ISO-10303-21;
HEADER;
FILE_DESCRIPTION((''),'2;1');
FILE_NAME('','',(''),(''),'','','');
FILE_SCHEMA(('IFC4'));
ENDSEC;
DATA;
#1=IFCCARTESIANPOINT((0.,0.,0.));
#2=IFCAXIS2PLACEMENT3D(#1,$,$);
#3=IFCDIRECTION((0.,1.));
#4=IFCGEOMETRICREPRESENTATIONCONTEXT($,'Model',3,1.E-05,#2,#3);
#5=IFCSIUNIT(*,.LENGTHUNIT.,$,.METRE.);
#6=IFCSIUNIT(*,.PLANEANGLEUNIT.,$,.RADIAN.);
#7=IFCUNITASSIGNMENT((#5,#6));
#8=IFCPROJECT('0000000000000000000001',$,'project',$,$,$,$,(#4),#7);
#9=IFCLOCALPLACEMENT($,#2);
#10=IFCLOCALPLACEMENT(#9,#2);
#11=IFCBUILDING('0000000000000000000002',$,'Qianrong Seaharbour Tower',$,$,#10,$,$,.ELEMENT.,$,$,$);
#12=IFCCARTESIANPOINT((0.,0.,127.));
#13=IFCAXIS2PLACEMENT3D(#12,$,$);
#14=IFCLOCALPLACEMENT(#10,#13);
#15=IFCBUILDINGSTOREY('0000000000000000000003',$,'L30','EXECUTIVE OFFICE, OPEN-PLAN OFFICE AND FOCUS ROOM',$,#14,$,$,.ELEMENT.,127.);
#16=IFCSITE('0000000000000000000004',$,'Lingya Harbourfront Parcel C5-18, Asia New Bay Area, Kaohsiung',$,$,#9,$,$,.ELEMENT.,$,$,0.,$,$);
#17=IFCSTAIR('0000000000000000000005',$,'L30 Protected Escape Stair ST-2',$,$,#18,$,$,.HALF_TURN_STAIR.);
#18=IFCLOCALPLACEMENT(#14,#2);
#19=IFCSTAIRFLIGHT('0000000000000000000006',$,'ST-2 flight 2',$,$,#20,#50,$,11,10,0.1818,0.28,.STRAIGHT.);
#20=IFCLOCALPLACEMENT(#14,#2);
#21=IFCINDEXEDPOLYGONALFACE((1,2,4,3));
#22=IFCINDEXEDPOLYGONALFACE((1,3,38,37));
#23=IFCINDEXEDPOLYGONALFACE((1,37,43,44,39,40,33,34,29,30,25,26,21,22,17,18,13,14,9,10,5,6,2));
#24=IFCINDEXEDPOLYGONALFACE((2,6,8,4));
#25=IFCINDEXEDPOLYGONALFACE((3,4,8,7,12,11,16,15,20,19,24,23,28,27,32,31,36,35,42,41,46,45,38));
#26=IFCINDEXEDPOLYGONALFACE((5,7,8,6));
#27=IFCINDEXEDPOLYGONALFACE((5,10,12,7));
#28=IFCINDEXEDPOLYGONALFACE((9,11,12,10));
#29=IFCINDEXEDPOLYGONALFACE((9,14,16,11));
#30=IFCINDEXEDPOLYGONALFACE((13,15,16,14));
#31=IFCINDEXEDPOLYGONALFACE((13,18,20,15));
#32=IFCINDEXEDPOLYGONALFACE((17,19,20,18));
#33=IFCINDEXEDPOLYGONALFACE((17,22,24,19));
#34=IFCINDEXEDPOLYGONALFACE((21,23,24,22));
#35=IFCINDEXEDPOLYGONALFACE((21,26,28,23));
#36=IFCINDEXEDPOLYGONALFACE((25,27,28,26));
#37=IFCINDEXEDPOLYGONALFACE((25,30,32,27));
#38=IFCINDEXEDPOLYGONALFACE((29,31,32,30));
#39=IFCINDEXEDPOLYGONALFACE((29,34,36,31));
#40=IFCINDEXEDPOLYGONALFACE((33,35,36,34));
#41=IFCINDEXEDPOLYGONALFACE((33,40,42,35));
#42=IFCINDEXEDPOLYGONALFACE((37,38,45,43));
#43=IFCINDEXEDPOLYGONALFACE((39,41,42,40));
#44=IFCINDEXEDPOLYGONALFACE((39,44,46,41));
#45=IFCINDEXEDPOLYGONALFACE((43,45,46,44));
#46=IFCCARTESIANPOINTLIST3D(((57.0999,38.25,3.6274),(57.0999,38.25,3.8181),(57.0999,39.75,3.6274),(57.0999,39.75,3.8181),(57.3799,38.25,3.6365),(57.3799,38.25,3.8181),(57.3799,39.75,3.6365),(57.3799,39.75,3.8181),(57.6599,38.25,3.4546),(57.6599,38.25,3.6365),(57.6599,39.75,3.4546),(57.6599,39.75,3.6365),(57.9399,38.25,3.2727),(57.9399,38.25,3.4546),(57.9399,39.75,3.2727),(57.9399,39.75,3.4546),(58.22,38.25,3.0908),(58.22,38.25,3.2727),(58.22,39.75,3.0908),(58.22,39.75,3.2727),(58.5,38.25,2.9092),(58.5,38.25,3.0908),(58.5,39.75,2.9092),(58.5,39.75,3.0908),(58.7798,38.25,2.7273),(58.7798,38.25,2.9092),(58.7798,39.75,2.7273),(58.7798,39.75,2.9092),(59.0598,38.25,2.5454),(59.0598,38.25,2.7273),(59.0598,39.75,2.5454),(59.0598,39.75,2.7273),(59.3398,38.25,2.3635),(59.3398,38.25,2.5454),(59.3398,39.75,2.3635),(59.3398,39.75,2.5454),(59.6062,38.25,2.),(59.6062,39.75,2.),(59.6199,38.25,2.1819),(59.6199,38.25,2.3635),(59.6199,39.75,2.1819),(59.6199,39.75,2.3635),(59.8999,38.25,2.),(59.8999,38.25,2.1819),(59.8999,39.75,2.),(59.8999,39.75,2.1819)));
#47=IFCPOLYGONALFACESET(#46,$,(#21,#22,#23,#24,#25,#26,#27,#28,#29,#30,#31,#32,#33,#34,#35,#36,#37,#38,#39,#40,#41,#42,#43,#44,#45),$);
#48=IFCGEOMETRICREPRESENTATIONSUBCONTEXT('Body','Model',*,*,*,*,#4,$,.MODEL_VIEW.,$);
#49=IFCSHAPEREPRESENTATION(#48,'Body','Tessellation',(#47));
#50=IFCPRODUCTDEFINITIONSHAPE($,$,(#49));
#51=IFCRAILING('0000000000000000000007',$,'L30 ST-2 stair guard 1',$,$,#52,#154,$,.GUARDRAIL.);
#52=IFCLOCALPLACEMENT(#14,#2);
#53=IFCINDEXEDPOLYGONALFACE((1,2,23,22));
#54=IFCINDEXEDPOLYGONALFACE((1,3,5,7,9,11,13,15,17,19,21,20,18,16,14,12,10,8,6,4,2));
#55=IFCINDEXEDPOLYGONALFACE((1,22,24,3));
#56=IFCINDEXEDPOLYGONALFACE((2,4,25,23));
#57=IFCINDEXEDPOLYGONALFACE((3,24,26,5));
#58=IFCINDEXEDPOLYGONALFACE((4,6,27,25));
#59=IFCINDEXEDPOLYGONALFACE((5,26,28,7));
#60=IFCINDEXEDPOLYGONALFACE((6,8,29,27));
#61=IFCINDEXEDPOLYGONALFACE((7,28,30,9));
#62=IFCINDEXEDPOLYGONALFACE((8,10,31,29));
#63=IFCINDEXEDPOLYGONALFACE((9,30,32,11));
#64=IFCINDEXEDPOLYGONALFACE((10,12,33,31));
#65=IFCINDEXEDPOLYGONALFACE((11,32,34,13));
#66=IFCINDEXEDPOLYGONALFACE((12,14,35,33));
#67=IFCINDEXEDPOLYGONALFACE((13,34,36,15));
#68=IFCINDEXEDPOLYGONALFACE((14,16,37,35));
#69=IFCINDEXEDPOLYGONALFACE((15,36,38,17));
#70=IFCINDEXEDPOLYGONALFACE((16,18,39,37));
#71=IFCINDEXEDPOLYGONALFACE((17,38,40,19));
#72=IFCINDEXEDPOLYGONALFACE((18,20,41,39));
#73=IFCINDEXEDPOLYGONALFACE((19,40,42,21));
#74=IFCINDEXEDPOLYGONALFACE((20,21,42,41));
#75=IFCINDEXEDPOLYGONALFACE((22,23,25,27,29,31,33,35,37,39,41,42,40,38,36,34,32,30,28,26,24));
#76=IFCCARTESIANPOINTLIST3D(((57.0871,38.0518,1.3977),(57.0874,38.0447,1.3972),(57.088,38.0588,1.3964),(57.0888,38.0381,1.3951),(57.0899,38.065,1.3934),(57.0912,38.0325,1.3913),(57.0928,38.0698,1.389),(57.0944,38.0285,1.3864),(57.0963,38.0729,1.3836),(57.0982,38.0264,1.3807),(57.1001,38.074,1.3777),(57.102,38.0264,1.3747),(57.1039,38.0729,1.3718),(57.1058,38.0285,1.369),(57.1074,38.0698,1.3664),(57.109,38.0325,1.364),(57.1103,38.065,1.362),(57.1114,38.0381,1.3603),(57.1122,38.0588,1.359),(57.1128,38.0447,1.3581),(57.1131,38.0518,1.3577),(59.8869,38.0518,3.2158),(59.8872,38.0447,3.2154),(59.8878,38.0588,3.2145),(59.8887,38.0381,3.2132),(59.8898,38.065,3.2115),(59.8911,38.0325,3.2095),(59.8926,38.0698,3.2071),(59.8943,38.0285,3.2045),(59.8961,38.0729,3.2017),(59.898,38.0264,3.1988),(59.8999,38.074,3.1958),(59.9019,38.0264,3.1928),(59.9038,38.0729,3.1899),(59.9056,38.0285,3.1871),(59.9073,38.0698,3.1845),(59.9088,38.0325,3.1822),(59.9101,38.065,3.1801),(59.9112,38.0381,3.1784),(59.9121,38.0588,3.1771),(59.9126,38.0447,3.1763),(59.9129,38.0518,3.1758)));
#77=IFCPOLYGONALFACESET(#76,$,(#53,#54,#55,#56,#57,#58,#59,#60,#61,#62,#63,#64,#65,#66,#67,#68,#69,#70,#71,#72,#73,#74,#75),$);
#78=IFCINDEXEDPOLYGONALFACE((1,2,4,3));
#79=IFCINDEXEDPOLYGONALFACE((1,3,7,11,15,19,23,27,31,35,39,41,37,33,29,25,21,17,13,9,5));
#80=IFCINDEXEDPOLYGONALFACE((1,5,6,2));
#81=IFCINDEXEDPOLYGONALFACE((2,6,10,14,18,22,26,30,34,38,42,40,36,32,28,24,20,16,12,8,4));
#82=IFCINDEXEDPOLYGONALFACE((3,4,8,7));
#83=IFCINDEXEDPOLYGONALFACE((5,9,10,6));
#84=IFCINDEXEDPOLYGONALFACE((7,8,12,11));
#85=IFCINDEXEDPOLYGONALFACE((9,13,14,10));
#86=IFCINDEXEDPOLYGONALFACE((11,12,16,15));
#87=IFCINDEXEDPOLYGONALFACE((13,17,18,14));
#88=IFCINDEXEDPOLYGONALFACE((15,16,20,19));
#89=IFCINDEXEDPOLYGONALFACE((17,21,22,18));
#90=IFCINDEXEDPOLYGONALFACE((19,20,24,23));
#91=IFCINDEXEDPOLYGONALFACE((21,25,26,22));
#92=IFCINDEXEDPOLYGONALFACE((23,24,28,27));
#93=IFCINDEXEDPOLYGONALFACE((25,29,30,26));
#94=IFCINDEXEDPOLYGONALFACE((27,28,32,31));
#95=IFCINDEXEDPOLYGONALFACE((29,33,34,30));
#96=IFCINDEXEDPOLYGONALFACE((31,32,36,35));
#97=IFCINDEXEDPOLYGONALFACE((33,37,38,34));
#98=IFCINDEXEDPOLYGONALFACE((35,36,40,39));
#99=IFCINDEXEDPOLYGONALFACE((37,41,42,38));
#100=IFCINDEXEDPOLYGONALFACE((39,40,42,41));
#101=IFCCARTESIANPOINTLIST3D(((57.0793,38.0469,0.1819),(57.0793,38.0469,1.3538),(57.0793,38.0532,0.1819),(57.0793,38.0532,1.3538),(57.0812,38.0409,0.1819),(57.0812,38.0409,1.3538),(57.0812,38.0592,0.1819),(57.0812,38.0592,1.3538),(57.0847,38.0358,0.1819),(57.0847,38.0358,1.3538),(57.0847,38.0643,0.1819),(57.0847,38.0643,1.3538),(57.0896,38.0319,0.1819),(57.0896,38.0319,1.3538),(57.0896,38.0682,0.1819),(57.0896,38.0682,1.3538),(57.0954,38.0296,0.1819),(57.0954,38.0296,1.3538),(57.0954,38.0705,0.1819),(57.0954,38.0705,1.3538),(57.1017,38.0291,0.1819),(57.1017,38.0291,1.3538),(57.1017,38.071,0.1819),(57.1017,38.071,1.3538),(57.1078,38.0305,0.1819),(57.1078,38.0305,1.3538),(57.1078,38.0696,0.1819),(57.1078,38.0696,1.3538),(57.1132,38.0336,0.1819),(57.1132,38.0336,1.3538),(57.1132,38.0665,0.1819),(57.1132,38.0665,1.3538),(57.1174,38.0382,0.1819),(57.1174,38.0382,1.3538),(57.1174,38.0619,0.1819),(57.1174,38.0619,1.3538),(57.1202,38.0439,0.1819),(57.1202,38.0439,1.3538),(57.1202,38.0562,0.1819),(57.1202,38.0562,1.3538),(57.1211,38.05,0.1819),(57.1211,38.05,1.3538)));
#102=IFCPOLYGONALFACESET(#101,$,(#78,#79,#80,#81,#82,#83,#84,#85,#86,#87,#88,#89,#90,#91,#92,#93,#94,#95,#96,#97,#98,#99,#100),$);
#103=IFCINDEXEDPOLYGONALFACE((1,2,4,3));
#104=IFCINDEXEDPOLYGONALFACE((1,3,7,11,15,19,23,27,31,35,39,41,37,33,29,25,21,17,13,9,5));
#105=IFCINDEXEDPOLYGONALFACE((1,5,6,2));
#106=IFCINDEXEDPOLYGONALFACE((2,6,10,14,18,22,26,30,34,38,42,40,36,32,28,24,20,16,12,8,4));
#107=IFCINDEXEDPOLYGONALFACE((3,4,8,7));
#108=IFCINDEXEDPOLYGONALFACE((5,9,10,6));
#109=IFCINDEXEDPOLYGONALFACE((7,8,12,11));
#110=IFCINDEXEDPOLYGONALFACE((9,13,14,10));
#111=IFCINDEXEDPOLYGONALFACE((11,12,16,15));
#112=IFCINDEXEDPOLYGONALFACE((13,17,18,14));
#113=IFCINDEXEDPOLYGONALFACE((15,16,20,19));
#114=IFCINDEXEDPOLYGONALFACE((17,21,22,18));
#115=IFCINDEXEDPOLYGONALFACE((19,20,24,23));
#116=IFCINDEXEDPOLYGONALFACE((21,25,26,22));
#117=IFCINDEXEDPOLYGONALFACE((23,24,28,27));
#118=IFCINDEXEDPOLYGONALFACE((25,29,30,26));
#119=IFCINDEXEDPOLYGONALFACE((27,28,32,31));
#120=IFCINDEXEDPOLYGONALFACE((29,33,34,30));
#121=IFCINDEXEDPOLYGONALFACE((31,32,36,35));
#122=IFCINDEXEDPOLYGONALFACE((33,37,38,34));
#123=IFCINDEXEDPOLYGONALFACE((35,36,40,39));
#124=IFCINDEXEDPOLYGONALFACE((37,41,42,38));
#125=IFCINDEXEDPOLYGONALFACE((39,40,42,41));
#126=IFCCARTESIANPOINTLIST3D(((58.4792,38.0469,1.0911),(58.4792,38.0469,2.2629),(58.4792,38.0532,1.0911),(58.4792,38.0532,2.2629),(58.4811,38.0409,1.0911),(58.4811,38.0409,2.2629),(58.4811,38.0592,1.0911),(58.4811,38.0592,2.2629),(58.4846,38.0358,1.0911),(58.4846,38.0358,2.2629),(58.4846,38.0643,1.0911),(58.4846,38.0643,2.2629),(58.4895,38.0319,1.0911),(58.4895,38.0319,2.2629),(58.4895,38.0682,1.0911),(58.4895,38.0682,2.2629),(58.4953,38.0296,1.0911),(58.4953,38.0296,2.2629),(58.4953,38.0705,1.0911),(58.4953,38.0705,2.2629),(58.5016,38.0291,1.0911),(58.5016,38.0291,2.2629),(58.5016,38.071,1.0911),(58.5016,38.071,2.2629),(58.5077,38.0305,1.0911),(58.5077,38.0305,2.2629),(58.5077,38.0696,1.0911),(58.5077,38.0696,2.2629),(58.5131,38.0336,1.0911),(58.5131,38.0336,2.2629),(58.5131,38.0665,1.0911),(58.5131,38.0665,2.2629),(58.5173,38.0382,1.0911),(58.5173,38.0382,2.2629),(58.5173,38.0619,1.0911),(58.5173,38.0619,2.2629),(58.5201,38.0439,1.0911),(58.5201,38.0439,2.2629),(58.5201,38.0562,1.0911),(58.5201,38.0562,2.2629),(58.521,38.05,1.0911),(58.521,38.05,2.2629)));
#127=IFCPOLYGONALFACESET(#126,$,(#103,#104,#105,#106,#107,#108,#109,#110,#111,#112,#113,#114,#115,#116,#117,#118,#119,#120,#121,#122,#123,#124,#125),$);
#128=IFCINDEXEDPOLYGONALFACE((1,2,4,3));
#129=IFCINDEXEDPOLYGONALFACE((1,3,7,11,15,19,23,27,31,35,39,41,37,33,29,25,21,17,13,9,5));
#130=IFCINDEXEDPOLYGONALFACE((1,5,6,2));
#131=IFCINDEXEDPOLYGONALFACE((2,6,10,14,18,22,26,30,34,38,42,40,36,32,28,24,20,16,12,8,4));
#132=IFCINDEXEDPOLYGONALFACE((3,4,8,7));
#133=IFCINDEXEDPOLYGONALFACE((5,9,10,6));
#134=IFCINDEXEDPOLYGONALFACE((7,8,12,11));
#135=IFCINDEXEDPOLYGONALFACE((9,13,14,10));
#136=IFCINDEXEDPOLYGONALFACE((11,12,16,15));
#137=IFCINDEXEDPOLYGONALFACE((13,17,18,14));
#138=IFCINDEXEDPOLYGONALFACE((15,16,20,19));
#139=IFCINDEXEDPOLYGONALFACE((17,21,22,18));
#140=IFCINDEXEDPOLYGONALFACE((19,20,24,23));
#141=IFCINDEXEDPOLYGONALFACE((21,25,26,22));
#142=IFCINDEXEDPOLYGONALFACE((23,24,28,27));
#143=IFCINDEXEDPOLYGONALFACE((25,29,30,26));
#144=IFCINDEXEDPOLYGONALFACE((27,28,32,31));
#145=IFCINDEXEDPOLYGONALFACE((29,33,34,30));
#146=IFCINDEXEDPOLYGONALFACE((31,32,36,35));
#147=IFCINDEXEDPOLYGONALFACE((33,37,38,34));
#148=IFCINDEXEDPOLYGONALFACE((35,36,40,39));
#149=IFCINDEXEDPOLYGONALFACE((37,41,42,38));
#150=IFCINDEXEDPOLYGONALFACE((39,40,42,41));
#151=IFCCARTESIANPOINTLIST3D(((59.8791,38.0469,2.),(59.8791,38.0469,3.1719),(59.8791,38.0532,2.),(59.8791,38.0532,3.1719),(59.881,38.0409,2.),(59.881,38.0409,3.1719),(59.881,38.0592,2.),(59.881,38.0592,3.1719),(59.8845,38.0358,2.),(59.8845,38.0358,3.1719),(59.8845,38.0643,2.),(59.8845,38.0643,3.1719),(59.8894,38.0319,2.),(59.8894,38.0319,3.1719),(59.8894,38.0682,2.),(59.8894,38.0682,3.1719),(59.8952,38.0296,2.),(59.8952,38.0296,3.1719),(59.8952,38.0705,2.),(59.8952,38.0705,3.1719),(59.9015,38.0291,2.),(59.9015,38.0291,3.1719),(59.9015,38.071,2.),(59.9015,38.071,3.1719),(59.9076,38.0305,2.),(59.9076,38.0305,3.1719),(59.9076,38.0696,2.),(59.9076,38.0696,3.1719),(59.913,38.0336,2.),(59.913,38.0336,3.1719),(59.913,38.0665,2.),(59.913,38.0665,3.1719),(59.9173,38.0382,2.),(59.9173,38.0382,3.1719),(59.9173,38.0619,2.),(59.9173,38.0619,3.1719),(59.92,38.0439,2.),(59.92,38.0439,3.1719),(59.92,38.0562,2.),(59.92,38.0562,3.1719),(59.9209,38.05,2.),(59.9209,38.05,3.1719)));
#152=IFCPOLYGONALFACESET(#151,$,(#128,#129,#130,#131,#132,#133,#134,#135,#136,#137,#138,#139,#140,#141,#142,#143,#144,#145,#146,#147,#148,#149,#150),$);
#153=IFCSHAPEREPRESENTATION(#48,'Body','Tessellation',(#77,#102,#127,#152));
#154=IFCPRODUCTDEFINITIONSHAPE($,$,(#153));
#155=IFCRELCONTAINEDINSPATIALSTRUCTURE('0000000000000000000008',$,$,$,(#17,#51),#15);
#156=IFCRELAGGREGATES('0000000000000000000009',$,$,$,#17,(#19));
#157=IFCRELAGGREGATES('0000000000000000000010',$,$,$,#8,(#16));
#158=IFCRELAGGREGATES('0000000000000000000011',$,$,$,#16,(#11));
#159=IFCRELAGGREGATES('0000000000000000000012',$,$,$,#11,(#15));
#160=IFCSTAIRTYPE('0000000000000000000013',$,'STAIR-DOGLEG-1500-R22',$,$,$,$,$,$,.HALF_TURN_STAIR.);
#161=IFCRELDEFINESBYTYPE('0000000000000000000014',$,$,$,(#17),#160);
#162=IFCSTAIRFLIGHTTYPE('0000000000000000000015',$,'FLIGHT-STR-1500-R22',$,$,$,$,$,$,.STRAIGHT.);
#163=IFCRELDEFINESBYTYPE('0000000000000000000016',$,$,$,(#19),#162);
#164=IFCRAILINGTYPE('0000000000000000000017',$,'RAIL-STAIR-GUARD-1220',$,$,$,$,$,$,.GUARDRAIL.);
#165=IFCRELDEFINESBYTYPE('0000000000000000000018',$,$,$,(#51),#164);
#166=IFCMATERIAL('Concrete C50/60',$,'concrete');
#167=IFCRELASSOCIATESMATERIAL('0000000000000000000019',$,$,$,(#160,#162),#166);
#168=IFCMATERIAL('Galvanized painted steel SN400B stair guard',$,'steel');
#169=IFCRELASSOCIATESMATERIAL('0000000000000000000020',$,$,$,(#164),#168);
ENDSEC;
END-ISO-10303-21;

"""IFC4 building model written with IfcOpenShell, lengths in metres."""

from ifc_helpers import new_model, si_unit, direction, frame, origin, origin_2d, place, context, subcontext, project, spatial, polyline, circle, outline, extrude, material, type_object, element, aggregate, save


model = new_model("IFC4")

# Units and contexts
model_context = context("Model", 3, precision=1e-05, world=origin(), true_north=direction((0.0, 1.0)))
body_context = subcontext(model_context, "Body", "Model", "MODEL_VIEW")
ifc_project = project(units=[si_unit("LENGTHUNIT", "METRE"), si_unit("PLANEANGLEUNIT", "RADIAN")], contexts=[model_context])

# Site, building, storey
site_placement = place(None, origin())
site = spatial("IfcSite", under=ifc_project, at=site_placement, Name="Lingya Harbourfront Parcel C5-18, Asia New Bay Area, Kaohsiung", CompositionType="ELEMENT", RefElevation=0.0)
building_placement = place(site_placement, origin())
building = spatial("IfcBuilding", under=site, at=building_placement, Name="Qianrong Seaharbour Tower", CompositionType="ELEMENT")
storey_placement = place(building_placement, frame((0.0, 0.0, 127.0)))
storey = spatial("IfcBuildingStorey", under=building, at=storey_placement, Name="L30", Description="EXECUTIVE OFFICE, OPEN-PLAN OFFICE AND FOCUS ROOM", CompositionType="ELEMENT", Elevation=127.0)

# Shared definitions
ifc_material_1 = material(Name="Concrete C50/60", Category="concrete")

# Stair, stair flight
stair_type = type_object("IfcStairType", Name="STAIR-DOGLEG-1500-R22", PredefinedType="HALF_TURN_STAIR", material=ifc_material_1)
stair_placement = place(storey_placement, origin())
stair = element("IfcStair", 1, at=stair_placement, inside=storey, type_object=stair_type, Name="L30 Protected Escape Stair ST-2", PredefinedType="HALF_TURN_STAIR")
stair_flight_type = type_object("IfcStairFlightType", Name="FLIGHT-STR-1500-R22", PredefinedType="STRAIGHT", material=ifc_material_1)
stair_flight_1_placement = place(storey_placement, frame((59.8999, 39.0, 2.0), z_axis=(0.0, 0.0, 1.0), x_axis=(-1.0, 0.0, 0.0)))
stair_flight_1 = element("IfcStairFlight", 2, at=stair_flight_1_placement, type_object=stair_flight_type, Name="ST-2 flight 2", NumberOfRisers=11, NumberOfTreads=10, PredefinedType="STRAIGHT", RiserHeight=0.1818, TreadLength=0.28, context=body_context, shape_type="SweptSolid", body=[
    extrude(outline(polyline([(0.0, 0.0), (0.0, 0.1819), (0.28, 0.1819), (0.28, 0.3635), (0.5601, 0.3635), (0.5601, 0.5454), (0.8401, 0.5454), (0.8401, 0.7273), (1.1201, 0.7273), (1.1201, 0.9092), (1.3999, 0.9092), (1.3999, 1.0908), (1.6799, 1.0908), (1.6799, 1.2727), (1.96, 1.2727), (1.96, 1.4546), (2.24, 1.4546), (2.24, 1.6365), (2.52, 1.6365), (2.52, 1.8181), (2.8, 1.8181), (2.8, 2.0), (2.8, 1.6274), (0.2937, 0.0), (0.0, 0.0)])), frame((0.0, 0.75, 0.0), z_axis=(0.0, -1.0, 0.0), x_axis=(1.0, 0.0, 0.0)), (0.0, 0.0, 1.0), 1.5),
])
aggregate(stair, [stair_flight_1])

# Railing
ifc_material_2 = material(Name="Galvanized painted steel SN400B stair guard", Category="steel")
railing_type_1 = type_object("IfcRailingType", Name="RAIL-STAIR-GUARD-1220", PredefinedType="GUARDRAIL", material=ifc_material_2)
railing_1_placement = place(storey_placement, frame((57.1001, 38.05, 0.1819)))
element("IfcRailing", 3, at=railing_1_placement, inside=storey, type_object=railing_type_1, Name="L30 ST-2 stair guard 1", PredefinedType="GUARDRAIL", context=body_context, shape_type="SweptSolid", body=[
    extrude(circle(Radius=0.0239, at=origin_2d()), frame((0.0, 0.0, 1.1958), z_axis=(0.838684, 0.0, 0.544618), x_axis=(0.0, 1.0, 0.0)), (0.0, 0.0, 1.0), 3.3384),
    extrude(circle(Radius=0.021, at=origin_2d()), origin(), (0.0, 0.0, 1.0), 1.1719),
    extrude(circle(Radius=0.021, at=origin_2d()), frame((1.3999, 0.0, 0.9092)), (0.0, 0.0, 1.0), 1.1719),
    extrude(circle(Radius=0.021, at=origin_2d()), frame((2.7998, 0.0, 1.8181)), (0.0, 0.0, 1.0), 1.1719),
])

save(model, "model.ifc")
